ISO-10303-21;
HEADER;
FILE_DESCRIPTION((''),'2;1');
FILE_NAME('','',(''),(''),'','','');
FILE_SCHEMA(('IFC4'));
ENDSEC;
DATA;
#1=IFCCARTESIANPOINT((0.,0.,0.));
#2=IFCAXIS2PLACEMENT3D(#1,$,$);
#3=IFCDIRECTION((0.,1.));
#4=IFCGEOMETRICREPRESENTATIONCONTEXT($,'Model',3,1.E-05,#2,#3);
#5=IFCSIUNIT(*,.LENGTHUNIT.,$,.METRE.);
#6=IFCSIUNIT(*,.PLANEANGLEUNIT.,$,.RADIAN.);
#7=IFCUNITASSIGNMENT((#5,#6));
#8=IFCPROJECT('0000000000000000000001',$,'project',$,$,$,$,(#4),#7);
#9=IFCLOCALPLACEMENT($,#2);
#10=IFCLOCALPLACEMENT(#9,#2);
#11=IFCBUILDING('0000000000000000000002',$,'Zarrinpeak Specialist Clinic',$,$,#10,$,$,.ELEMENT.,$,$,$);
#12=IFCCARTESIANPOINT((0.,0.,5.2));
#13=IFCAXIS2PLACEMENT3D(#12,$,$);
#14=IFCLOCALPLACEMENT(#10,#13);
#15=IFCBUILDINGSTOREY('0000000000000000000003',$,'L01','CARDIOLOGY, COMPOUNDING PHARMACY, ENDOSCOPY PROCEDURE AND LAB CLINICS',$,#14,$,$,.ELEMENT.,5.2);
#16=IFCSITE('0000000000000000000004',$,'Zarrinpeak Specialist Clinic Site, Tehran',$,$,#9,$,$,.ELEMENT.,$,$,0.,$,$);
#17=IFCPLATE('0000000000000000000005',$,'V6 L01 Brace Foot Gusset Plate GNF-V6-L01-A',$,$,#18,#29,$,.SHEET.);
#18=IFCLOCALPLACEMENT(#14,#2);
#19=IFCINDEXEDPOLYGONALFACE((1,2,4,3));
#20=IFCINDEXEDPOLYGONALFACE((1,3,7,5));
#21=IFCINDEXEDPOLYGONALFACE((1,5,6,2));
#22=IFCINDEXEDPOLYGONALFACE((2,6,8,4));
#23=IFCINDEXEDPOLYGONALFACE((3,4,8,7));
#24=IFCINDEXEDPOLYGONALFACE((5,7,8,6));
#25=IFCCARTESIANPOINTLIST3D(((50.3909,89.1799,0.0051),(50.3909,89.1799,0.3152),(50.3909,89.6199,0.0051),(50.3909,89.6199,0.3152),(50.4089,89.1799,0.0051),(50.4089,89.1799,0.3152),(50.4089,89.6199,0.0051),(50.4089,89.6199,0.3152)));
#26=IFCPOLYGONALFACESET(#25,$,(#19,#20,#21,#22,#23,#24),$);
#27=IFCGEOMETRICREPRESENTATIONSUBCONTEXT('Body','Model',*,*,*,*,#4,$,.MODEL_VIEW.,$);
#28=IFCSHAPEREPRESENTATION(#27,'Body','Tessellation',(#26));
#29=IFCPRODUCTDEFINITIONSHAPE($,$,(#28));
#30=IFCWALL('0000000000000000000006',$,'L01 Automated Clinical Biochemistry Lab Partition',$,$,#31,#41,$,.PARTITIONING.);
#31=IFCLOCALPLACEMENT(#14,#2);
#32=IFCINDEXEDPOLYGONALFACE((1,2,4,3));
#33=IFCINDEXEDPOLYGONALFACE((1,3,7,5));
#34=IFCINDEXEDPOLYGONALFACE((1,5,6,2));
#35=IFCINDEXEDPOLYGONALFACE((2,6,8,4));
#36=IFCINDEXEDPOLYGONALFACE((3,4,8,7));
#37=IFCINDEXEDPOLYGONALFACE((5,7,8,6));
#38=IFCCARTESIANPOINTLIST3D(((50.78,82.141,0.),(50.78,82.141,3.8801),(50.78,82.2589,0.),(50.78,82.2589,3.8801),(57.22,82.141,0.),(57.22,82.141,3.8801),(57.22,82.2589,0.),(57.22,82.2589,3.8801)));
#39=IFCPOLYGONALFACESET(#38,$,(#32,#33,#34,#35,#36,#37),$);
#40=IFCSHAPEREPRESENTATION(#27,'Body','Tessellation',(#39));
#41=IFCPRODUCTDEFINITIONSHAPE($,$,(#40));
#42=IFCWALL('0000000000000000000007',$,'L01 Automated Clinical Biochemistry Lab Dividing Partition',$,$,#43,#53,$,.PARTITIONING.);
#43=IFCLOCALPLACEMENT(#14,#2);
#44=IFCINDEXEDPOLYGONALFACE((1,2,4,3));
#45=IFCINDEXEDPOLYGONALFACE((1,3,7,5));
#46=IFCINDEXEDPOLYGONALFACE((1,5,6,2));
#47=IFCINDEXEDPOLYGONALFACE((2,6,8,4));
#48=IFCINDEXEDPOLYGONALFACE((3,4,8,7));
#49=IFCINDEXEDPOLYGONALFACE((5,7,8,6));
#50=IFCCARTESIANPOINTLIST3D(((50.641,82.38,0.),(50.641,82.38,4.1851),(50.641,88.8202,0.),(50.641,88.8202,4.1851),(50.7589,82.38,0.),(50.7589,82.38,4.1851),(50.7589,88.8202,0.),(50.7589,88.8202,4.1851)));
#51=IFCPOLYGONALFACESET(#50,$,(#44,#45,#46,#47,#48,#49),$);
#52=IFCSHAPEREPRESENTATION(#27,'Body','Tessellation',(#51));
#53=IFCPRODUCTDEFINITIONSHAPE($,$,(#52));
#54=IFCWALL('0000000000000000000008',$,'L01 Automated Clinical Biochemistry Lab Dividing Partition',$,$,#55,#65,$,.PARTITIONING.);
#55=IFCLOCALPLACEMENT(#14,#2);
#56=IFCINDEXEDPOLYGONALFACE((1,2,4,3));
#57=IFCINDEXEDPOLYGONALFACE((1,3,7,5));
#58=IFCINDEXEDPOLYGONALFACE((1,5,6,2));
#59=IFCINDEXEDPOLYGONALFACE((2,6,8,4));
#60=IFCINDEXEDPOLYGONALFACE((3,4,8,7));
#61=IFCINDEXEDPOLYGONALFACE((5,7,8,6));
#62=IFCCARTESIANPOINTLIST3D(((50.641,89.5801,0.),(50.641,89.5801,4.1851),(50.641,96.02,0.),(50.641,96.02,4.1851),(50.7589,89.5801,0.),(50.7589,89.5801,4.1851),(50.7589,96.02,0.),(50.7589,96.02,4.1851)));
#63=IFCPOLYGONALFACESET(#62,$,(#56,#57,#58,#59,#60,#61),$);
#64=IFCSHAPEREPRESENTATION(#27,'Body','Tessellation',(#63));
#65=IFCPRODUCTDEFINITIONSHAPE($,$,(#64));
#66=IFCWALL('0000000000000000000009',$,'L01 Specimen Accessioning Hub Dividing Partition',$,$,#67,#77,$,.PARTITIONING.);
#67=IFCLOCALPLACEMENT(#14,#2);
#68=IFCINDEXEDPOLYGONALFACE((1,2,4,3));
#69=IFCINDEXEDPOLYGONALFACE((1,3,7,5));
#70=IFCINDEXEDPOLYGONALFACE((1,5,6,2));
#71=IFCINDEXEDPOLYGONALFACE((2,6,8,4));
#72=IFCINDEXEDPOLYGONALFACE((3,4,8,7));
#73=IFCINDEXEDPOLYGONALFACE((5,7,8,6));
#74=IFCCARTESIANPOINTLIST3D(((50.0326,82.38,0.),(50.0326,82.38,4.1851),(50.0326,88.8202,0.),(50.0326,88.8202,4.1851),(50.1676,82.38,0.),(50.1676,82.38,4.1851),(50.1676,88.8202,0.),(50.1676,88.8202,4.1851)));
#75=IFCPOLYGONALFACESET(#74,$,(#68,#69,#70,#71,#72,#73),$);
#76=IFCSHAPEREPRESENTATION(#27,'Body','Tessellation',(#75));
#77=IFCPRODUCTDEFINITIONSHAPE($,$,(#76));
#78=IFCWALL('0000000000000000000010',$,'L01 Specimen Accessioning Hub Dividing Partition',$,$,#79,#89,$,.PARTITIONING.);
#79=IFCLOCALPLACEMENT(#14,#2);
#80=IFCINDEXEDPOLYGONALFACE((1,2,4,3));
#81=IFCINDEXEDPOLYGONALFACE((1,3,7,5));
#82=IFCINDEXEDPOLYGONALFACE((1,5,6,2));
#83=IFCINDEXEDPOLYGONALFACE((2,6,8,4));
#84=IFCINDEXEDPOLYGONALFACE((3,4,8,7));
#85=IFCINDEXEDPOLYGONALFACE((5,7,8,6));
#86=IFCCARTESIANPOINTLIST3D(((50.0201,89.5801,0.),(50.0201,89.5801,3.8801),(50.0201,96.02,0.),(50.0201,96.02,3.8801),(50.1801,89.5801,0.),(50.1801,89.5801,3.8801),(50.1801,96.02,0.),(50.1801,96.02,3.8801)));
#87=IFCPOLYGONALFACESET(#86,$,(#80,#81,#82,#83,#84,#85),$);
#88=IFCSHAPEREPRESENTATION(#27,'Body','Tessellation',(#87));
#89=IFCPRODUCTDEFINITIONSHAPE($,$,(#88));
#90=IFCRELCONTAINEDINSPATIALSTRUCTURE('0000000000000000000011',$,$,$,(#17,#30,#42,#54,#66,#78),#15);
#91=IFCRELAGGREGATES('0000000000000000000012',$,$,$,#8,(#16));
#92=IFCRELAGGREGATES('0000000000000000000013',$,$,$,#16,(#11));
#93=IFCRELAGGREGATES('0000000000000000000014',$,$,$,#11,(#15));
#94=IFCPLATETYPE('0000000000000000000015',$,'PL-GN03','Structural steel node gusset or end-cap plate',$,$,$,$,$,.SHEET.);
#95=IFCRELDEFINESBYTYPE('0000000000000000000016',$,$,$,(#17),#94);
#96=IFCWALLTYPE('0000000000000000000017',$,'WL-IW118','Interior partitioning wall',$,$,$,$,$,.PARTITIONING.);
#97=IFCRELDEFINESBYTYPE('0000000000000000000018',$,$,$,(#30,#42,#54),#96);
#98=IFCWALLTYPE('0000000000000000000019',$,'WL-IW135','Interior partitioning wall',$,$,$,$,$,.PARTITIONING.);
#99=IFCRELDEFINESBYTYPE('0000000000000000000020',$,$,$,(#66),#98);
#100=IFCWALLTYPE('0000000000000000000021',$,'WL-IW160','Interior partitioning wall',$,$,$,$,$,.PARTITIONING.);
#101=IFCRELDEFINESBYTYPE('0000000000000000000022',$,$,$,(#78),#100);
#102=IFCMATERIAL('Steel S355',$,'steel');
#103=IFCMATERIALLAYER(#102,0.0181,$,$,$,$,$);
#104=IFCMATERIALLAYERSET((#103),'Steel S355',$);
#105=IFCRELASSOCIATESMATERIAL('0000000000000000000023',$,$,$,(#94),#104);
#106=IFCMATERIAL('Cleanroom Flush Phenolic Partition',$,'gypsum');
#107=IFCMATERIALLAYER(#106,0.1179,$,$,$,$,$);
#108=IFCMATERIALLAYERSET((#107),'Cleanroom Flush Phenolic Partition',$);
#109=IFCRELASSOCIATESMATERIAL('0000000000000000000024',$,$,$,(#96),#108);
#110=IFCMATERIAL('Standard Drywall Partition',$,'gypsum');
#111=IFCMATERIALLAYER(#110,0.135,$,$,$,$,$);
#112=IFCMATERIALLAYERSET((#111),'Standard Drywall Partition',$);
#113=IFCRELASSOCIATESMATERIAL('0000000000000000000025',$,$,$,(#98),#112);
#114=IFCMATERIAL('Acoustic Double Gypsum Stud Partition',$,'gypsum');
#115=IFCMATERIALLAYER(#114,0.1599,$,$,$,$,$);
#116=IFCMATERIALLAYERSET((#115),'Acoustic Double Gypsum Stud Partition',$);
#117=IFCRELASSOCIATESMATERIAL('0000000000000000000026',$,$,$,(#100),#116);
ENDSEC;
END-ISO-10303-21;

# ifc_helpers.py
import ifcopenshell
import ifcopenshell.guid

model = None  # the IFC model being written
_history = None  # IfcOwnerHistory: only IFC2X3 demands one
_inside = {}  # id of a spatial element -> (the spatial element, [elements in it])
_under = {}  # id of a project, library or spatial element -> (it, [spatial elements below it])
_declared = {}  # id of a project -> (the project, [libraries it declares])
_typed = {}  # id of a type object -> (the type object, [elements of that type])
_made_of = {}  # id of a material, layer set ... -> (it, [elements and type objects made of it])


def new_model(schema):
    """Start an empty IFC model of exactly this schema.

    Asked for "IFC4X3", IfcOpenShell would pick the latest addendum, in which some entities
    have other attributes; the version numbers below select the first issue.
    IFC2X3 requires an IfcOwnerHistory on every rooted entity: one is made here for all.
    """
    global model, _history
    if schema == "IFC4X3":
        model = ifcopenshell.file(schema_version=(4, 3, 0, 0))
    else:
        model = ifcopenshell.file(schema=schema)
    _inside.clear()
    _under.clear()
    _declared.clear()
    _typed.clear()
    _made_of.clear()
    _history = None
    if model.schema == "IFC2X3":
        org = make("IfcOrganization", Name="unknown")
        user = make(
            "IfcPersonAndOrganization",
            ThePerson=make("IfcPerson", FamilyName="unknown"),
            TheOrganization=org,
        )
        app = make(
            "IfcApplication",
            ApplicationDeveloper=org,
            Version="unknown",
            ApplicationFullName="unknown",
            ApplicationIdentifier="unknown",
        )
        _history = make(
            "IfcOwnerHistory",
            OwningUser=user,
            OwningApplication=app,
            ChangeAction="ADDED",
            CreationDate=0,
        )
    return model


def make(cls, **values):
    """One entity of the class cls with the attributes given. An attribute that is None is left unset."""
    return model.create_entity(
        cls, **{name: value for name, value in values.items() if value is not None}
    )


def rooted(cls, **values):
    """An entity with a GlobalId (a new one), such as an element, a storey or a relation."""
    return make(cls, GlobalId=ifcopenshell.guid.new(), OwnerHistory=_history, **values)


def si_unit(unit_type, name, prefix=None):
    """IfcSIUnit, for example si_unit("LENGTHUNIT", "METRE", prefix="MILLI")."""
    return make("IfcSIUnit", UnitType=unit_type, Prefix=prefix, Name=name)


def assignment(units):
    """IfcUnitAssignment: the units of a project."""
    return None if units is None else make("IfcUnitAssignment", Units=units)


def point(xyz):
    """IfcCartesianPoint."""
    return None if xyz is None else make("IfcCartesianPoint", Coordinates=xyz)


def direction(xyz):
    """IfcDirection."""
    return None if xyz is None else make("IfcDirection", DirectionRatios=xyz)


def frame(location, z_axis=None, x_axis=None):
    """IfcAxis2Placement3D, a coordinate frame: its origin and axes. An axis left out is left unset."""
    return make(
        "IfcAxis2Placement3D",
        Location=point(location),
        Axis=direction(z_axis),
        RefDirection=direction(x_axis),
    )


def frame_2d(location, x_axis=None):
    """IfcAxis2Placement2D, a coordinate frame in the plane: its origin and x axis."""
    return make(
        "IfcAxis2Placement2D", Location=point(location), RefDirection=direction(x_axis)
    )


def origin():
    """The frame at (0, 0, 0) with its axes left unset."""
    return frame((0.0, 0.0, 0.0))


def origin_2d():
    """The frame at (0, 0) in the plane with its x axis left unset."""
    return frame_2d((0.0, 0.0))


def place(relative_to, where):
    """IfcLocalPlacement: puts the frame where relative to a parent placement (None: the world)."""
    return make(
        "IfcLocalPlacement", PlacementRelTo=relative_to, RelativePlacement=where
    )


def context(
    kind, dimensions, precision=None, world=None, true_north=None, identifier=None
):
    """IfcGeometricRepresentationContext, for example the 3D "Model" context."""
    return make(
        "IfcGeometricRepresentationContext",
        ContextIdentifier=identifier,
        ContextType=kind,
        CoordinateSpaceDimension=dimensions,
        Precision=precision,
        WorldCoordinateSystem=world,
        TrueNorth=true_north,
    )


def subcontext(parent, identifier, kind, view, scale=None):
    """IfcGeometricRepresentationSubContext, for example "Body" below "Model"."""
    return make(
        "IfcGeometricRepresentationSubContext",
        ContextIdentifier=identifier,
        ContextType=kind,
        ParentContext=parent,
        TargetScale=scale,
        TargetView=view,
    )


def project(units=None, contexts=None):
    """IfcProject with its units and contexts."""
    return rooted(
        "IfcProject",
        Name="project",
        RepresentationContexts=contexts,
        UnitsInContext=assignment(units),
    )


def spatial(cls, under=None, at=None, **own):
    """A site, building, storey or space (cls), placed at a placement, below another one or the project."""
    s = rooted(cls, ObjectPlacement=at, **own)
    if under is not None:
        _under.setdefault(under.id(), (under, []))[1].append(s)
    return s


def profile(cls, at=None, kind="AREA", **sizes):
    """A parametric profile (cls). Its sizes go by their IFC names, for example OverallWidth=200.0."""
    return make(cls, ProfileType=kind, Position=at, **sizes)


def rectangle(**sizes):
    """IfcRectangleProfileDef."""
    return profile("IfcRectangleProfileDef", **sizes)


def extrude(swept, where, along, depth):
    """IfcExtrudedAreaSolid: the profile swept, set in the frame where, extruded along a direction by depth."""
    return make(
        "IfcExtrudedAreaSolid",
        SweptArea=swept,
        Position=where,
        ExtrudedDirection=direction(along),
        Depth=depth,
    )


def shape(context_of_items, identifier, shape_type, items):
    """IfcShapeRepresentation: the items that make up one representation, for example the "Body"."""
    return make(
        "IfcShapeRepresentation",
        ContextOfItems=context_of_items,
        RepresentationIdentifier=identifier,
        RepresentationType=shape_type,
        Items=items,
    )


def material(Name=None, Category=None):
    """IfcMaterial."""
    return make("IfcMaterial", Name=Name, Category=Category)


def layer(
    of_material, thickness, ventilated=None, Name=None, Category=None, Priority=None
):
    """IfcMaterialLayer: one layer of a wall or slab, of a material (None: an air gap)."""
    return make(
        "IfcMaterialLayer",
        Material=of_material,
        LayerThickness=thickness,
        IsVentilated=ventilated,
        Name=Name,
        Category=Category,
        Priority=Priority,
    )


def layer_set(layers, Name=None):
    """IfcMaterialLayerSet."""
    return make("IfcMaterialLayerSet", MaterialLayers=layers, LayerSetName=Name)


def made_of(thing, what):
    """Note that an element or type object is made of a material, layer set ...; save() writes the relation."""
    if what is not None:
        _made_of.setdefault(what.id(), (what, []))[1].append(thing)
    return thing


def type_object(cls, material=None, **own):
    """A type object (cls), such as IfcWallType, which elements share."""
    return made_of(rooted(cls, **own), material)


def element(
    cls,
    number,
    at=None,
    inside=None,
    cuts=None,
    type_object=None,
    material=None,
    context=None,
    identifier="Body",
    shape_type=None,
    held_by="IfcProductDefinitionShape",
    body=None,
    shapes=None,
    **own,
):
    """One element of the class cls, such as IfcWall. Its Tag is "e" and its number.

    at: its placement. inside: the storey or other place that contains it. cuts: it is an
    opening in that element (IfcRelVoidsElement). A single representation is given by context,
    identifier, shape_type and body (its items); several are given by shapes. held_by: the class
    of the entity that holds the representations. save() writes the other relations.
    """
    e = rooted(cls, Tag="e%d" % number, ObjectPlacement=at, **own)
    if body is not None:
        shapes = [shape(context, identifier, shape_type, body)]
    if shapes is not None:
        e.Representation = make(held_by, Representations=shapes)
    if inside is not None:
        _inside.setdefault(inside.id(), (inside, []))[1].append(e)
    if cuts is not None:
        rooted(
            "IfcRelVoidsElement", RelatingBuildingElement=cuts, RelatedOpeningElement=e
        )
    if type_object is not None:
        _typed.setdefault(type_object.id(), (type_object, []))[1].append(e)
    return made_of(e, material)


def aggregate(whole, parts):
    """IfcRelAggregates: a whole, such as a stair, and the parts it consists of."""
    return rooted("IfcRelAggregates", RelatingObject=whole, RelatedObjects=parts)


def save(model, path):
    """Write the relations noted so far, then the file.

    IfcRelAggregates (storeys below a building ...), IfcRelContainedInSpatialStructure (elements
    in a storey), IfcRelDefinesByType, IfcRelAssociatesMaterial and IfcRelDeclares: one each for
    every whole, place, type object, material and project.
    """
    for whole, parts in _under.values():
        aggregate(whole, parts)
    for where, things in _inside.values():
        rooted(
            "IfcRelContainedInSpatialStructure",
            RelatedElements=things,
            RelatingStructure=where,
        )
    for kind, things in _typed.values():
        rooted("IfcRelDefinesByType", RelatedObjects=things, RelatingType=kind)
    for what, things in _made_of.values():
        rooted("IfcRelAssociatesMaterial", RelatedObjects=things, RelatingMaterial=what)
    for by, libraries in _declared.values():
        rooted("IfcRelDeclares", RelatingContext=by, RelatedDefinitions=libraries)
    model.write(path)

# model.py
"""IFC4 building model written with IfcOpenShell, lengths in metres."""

from ifc_helpers import new_model, si_unit, direction, frame, frame_2d, origin, origin_2d, place, context, subcontext, project, spatial, rectangle, extrude, material, layer, layer_set, type_object, element, save


model = new_model("IFC4")

# Units and contexts
model_context = context("Model", 3, precision=1e-05, world=origin(), true_north=direction((0.0, 1.0)))
body_context = subcontext(model_context, "Body", "Model", "MODEL_VIEW")
ifc_project = project(units=[si_unit("LENGTHUNIT", "METRE"), si_unit("PLANEANGLEUNIT", "RADIAN")], contexts=[model_context])

# Site, building, storey
site_placement = place(None, origin())
site = spatial("IfcSite", under=ifc_project, at=site_placement, Name="Zarrinpeak Specialist Clinic Site, Tehran", CompositionType="ELEMENT", RefElevation=0.0)
building_placement = place(site_placement, origin())
building = spatial("IfcBuilding", under=site, at=building_placement, Name="Zarrinpeak Specialist Clinic", CompositionType="ELEMENT")
storey_placement = place(building_placement, frame((0.0, 0.0, 5.2)))
storey = spatial("IfcBuildingStorey", under=building, at=storey_placement, Name="L01", Description="CARDIOLOGY, COMPOUNDING PHARMACY, ENDOSCOPY PROCEDURE AND LAB CLINICS", CompositionType="ELEMENT", Elevation=5.2)

# Shared definitions
ifc_material_1 = material(Name="Steel S355", Category="steel")

# Plate
ifc_layer_1 = layer(ifc_material_1, 0.0181)
ifc_layer_set_1 = layer_set([ifc_layer_1], Name="Steel S355")
plate_type_1 = type_object("IfcPlateType", Name="PL-GN03", Description="Structural steel node gusset or end-cap plate", PredefinedType="SHEET", material=ifc_layer_set_1)
plate_1_placement = place(storey_placement, frame((50.3999, 89.3999, 0.0051), z_axis=(0.0, 0.0, 1.0), x_axis=(1.0, 0.0, 0.0)))
element("IfcPlate", 1, at=plate_1_placement, inside=storey, type_object=plate_type_1, Name="V6 L01 Brace Foot Gusset Plate GNF-V6-L01-A", PredefinedType="SHEET", context=body_context, shape_type="SweptSolid", body=[
    extrude(rectangle(XDim=0.0181, YDim=0.4399, at=origin_2d()), origin(), (0.0, 0.0, 1.0), 0.3101),
])

# Walls
ifc_material_2 = material(Name="Cleanroom Flush Phenolic Partition", Category="gypsum")
ifc_layer_2 = layer(ifc_material_2, 0.1179)
ifc_layer_set_2 = layer_set([ifc_layer_2], Name="Cleanroom Flush Phenolic Partition")
wall_type_1 = type_object("IfcWallType", Name="WL-IW118", Description="Interior partitioning wall", PredefinedType="PARTITIONING", material=ifc_layer_set_2)
wall_1_placement = place(storey_placement, frame((50.78, 82.2, 0.0), z_axis=(0.0, 0.0, 1.0), x_axis=(1.0, 0.0, 0.0)))
element("IfcWall", 2, at=wall_1_placement, inside=storey, type_object=wall_type_1, Name="L01 Automated Clinical Biochemistry Lab Partition", PredefinedType="PARTITIONING", context=body_context, shape_type="SweptSolid", body=[
    extrude(rectangle(XDim=6.4399, YDim=0.1179, at=frame_2d((3.22, 0.0))), origin(), (0.0, 0.0, 1.0), 3.8801),
])
wall_2_placement = place(storey_placement, frame((50.7, 82.3799, 0.0), z_axis=(0.0, 0.0, 1.0), x_axis=(0.0, 1.0, 0.0)))
element("IfcWall", 3, at=wall_2_placement, inside=storey, type_object=wall_type_1, Name="L01 Automated Clinical Biochemistry Lab Dividing Partition", PredefinedType="PARTITIONING", context=body_context, shape_type="SweptSolid", body=[
    extrude(rectangle(XDim=6.4402, YDim=0.1179, at=frame_2d((3.2202, 0.0))), origin(), (0.0, 0.0, 1.0), 4.1851),
])
wall_3_placement = place(storey_placement, frame((50.7, 89.5801, 0.0), z_axis=(0.0, 0.0, 1.0), x_axis=(0.0, 1.0, 0.0)))
element("IfcWall", 4, at=wall_3_placement, inside=storey, type_object=wall_type_1, Name="L01 Automated Clinical Biochemistry Lab Dividing Partition", PredefinedType="PARTITIONING", context=body_context, shape_type="SweptSolid", body=[
    extrude(rectangle(XDim=6.4399, YDim=0.1179, at=frame_2d((3.22, 0.0))), origin(), (0.0, 0.0, 1.0), 4.1851),
])
ifc_material_3 = material(Name="Standard Drywall Partition", Category="gypsum")
ifc_layer_3 = layer(ifc_material_3, 0.135)
ifc_layer_set_3 = layer_set([ifc_layer_3], Name="Standard Drywall Partition")
wall_type_2 = type_object("IfcWallType", Name="WL-IW135", Description="Interior partitioning wall", PredefinedType="PARTITIONING", material=ifc_layer_set_3)
wall_4_placement = place(storey_placement, frame((50.1001, 82.3799, 0.0), z_axis=(0.0, 0.0, 1.0), x_axis=(0.0, 1.0, 0.0)))
element("IfcWall", 5, at=wall_4_placement, inside=storey, type_object=wall_type_2, Name="L01 Specimen Accessioning Hub Dividing Partition", PredefinedType="PARTITIONING", context=body_context, shape_type="SweptSolid", body=[
    extrude(rectangle(XDim=6.4402, YDim=0.135, at=frame_2d((3.2202, 0.0))), origin(), (0.0, 0.0, 1.0), 4.1851),
])
ifc_material_4 = material(Name="Acoustic Double Gypsum Stud Partition", Category="gypsum")
ifc_layer_4 = layer(ifc_material_4, 0.1599)
ifc_layer_set_4 = layer_set([ifc_layer_4], Name="Acoustic Double Gypsum Stud Partition")
wall_type_3 = type_object("IfcWallType", Name="WL-IW160", Description="Interior partitioning wall", PredefinedType="PARTITIONING", material=ifc_layer_set_4)
wall_5_placement = place(storey_placement, frame((50.1001, 89.5801, 0.0), z_axis=(0.0, 0.0, 1.0), x_axis=(0.0, 1.0, 0.0)))
element("IfcWall", 6, at=wall_5_placement, inside=storey, type_object=wall_type_3, Name="L01 Specimen Accessioning Hub Dividing Partition", PredefinedType="PARTITIONING", context=body_context, shape_type="SweptSolid", body=[
    extrude(rectangle(XDim=6.4399, YDim=0.1599, at=frame_2d((3.22, 0.0))), origin(), (0.0, 0.0, 1.0), 3.8801),
])

save(model, "model.ifc")
